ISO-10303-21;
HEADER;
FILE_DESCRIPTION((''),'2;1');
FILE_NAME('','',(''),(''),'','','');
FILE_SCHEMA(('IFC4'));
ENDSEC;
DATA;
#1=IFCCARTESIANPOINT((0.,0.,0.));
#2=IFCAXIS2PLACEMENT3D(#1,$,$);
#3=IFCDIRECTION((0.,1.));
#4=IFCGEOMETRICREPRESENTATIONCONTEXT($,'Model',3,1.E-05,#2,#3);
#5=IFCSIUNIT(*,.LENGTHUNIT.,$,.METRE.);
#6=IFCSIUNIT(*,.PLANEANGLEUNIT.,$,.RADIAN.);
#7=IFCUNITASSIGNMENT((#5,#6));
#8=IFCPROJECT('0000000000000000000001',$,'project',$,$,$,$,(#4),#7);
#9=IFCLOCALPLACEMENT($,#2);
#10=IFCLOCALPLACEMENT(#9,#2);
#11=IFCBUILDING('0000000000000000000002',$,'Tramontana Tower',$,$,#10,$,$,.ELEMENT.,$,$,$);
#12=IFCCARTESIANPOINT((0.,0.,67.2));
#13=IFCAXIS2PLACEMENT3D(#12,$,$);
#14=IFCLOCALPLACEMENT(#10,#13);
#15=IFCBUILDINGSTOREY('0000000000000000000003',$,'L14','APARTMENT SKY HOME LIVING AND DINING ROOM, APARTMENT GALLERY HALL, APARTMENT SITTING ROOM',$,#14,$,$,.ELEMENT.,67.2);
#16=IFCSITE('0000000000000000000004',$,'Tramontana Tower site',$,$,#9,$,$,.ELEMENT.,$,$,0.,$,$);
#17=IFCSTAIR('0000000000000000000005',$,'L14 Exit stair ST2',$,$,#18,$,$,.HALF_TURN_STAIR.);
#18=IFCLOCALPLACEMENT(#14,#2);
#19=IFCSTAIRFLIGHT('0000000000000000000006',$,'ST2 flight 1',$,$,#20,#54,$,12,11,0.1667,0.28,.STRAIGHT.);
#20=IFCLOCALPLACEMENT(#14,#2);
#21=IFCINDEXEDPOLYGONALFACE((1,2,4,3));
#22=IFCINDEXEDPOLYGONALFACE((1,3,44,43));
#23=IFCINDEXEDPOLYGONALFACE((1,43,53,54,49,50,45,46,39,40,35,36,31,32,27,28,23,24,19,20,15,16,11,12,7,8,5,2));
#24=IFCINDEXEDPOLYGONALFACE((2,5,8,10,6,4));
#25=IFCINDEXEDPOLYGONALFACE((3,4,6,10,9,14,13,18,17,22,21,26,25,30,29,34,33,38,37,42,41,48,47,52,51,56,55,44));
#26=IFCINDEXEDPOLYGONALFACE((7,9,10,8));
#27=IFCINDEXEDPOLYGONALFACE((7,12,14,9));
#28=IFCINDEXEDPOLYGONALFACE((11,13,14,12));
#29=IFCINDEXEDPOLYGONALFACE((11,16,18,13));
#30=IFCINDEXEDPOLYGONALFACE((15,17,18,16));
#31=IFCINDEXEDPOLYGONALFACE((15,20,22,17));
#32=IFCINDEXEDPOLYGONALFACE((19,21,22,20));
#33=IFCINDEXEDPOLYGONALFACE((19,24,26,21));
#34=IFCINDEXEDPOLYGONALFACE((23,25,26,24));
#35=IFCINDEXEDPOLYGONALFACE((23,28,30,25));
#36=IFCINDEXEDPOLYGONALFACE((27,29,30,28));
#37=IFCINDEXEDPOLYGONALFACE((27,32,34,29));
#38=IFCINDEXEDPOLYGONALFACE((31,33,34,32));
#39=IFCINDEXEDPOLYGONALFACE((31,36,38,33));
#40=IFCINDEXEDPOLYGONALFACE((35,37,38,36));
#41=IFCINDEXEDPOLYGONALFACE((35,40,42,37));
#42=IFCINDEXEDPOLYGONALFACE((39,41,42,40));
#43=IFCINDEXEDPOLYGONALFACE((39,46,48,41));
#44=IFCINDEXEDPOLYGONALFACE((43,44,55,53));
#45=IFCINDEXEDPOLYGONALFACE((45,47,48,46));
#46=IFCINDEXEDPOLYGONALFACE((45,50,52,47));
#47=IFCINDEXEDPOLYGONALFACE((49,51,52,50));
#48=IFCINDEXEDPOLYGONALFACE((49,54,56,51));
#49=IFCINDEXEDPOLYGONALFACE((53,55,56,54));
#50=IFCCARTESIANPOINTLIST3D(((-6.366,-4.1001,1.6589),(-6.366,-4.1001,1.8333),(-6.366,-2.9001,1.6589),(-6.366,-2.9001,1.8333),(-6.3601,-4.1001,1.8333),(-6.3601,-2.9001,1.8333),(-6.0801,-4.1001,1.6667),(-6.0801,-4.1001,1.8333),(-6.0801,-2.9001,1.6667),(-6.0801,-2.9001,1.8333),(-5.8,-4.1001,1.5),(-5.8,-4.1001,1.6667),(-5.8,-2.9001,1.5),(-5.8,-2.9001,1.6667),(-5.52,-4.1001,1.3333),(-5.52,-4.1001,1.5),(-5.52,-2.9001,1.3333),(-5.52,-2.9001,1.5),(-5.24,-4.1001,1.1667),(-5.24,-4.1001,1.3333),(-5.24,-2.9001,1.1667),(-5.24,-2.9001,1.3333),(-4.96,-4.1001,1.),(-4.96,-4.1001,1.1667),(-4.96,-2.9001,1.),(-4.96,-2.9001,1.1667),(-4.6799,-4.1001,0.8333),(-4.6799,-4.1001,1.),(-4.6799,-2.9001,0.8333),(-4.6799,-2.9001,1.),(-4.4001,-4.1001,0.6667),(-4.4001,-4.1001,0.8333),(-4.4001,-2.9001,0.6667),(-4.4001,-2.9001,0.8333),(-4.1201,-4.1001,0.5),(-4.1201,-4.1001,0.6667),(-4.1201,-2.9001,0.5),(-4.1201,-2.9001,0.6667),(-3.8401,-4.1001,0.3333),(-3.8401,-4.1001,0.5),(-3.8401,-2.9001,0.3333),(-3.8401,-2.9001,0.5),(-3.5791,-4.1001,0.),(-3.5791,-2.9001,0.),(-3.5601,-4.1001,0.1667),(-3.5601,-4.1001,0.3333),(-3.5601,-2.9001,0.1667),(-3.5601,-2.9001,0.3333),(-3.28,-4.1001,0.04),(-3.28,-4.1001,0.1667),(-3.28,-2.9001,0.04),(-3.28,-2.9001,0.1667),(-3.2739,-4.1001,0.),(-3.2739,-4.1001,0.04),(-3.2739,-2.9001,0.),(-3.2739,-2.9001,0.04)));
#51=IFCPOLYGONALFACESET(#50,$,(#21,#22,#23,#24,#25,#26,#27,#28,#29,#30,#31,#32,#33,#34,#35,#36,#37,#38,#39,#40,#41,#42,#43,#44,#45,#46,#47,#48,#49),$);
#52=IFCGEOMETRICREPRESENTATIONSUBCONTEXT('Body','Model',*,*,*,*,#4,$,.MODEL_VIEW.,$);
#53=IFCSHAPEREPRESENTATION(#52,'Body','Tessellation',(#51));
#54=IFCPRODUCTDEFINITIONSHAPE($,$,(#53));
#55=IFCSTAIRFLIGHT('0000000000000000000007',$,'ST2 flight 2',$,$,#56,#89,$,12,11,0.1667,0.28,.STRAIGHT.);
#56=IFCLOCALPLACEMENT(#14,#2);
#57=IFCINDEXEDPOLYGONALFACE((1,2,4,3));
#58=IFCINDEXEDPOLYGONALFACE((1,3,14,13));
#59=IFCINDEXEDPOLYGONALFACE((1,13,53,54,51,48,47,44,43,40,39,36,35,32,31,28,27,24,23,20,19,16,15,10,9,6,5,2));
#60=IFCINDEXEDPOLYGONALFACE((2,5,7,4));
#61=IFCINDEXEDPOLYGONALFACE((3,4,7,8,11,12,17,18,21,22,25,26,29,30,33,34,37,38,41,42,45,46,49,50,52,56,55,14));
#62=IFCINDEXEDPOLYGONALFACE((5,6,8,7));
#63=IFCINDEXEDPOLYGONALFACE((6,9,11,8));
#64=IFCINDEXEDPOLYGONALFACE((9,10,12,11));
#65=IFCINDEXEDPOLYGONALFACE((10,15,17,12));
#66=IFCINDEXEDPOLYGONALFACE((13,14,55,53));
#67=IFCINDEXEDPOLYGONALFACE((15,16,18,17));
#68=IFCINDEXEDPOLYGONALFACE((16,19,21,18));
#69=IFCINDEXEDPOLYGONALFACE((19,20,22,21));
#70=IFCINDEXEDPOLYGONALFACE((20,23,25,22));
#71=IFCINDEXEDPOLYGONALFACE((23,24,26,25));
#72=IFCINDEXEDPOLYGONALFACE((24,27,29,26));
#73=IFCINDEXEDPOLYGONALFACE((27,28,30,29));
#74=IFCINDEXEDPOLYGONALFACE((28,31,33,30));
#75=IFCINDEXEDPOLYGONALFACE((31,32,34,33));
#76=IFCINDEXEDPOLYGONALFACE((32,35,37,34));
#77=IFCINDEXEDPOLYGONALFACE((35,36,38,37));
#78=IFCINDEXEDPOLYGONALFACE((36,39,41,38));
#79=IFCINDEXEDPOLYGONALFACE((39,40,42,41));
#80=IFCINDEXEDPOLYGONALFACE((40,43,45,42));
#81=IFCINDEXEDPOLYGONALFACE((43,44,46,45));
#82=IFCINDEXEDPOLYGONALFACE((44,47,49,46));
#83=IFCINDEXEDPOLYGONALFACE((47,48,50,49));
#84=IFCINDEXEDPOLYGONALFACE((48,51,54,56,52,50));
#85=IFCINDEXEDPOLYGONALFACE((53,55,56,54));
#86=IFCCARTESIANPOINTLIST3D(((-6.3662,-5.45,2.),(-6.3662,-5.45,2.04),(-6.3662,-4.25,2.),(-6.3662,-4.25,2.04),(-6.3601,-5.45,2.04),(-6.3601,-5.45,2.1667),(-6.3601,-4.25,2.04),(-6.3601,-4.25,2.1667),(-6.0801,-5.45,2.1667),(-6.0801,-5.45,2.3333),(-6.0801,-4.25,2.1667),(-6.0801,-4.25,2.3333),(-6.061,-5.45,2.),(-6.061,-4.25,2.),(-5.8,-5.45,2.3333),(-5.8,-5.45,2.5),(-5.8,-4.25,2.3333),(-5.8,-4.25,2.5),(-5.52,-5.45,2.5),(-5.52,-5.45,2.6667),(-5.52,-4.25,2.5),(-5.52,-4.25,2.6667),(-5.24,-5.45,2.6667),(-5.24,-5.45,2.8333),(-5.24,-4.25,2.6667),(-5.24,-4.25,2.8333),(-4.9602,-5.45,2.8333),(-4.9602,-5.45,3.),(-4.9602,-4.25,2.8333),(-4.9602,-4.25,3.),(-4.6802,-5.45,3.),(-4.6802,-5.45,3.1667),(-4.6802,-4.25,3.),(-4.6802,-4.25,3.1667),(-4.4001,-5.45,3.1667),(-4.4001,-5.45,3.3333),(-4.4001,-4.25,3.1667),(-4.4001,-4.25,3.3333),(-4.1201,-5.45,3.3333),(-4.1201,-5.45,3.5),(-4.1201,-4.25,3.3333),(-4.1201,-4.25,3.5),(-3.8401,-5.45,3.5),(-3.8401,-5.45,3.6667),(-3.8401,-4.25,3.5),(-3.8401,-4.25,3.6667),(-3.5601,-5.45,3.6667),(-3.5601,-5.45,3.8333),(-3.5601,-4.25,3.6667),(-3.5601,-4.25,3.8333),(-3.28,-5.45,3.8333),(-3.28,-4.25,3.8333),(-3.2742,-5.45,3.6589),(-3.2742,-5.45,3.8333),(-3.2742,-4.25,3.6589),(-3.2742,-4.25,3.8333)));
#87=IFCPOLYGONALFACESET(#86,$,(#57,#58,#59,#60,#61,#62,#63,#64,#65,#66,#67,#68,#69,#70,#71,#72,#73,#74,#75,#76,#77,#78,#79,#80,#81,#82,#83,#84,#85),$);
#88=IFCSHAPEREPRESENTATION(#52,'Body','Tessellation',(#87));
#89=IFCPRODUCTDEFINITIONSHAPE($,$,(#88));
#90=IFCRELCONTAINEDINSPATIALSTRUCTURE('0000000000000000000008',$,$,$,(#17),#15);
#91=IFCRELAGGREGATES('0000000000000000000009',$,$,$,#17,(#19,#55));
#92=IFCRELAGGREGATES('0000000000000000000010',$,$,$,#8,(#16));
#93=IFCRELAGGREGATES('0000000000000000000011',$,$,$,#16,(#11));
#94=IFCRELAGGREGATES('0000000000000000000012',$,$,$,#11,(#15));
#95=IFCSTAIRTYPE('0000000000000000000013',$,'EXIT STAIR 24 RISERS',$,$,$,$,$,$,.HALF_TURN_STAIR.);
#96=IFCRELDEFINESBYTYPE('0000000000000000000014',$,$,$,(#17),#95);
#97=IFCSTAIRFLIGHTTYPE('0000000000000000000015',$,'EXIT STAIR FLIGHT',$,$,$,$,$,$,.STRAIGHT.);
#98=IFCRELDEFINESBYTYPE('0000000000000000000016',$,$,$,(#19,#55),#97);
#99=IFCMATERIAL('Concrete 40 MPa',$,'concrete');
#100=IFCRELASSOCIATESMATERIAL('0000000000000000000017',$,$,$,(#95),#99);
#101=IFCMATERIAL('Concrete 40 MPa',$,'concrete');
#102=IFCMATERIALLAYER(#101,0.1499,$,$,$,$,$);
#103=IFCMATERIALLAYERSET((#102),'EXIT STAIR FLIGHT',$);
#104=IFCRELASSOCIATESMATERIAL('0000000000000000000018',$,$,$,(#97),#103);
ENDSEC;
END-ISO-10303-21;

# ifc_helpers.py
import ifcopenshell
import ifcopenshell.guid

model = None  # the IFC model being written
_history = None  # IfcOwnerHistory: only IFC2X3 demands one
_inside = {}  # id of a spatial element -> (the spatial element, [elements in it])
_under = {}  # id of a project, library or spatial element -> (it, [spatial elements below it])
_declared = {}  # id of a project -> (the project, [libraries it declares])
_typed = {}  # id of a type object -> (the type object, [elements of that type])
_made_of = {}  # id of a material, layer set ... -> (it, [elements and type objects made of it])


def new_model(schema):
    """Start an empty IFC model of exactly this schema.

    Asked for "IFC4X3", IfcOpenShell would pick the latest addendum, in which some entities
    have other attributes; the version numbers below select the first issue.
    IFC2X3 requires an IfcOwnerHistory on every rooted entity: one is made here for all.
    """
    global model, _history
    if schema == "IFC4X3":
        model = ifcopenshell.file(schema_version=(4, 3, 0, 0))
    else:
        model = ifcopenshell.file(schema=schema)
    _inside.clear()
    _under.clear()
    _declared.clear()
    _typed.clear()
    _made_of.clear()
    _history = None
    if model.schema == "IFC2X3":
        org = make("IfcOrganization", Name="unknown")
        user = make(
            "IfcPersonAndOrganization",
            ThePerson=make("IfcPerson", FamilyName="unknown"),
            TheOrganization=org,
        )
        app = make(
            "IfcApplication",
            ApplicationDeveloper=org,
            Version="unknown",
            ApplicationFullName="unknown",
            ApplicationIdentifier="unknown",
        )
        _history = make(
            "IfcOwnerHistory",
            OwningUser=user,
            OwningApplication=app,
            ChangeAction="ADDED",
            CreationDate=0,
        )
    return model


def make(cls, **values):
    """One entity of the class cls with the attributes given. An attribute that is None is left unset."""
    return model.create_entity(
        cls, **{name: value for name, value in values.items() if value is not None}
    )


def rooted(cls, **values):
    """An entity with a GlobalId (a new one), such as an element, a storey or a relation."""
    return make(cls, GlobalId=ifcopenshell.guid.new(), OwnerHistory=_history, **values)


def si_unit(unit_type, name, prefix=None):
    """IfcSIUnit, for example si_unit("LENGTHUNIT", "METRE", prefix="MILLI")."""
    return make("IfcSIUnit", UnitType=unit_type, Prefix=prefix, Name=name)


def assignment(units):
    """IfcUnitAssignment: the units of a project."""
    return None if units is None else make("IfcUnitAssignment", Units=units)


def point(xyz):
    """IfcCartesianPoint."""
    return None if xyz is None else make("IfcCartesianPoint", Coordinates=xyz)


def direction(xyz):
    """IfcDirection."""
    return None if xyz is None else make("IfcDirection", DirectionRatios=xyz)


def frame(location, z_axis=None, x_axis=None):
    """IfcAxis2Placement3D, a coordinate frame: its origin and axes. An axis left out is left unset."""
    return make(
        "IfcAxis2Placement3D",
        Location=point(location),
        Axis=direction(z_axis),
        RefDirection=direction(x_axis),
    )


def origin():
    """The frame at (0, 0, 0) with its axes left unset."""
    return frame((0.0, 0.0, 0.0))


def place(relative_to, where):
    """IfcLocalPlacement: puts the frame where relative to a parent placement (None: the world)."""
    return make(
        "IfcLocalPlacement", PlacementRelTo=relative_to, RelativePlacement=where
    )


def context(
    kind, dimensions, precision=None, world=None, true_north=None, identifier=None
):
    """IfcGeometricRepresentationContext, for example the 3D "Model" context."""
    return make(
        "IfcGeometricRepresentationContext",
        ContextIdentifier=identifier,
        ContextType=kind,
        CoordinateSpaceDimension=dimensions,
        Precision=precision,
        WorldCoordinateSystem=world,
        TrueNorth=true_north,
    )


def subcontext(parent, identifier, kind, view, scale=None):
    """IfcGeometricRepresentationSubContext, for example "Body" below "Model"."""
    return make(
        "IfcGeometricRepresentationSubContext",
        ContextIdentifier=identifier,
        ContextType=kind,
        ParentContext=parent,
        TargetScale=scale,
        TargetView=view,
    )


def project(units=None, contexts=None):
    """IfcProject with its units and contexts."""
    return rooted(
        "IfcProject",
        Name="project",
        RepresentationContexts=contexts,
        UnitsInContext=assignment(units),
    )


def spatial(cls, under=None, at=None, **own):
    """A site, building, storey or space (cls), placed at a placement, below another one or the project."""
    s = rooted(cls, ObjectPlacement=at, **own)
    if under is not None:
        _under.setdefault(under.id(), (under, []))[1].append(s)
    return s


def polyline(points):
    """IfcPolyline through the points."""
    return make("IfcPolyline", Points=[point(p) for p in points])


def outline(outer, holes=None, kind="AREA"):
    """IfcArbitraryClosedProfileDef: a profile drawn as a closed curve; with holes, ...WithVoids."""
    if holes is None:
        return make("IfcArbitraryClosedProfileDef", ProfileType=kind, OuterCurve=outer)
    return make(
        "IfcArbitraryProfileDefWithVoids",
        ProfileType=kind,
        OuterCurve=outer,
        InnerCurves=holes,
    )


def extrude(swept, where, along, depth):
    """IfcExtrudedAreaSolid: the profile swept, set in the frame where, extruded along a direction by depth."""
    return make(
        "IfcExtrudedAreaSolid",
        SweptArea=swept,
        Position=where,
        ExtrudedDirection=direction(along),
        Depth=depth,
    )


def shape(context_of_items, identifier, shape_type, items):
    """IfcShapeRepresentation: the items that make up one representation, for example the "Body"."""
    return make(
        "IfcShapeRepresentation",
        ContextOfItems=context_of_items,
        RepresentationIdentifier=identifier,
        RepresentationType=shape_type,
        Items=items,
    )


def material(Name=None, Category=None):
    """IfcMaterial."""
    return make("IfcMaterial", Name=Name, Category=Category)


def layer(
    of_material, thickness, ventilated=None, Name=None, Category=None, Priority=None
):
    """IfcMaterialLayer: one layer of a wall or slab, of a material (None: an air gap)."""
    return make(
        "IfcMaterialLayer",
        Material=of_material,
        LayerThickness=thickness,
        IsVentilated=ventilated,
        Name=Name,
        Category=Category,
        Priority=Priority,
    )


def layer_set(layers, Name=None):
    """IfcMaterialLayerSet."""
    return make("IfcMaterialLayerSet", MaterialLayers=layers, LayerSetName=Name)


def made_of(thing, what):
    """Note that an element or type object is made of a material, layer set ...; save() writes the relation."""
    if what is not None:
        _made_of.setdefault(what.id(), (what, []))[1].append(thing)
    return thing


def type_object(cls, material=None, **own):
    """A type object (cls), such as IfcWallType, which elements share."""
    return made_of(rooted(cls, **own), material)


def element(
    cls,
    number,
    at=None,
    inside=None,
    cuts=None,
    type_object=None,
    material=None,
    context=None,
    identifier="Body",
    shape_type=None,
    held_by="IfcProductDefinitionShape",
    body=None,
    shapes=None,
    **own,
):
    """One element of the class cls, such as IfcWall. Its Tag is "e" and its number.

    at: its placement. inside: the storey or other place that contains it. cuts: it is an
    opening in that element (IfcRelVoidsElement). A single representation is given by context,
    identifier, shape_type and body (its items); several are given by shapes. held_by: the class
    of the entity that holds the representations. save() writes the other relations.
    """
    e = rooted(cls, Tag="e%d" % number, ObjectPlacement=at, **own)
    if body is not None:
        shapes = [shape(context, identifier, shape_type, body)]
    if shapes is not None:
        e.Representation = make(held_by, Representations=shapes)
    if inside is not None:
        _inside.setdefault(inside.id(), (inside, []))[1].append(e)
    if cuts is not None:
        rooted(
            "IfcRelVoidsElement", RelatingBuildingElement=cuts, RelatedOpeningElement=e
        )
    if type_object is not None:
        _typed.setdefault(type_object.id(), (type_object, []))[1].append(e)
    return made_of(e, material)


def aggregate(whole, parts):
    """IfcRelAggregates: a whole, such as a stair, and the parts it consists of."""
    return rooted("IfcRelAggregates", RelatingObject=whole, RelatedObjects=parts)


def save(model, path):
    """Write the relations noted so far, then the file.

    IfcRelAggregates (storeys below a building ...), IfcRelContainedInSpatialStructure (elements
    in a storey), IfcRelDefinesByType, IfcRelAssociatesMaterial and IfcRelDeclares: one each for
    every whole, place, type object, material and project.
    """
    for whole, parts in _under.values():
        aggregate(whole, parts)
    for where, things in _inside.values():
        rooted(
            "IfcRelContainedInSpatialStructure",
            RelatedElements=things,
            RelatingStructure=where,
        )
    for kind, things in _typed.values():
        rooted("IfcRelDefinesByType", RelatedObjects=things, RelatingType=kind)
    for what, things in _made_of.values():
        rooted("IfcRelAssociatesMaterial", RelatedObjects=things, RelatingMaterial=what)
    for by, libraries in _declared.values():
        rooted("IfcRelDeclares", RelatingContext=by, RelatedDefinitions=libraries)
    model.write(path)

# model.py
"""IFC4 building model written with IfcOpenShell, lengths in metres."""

from ifc_helpers import new_model, si_unit, direction, frame, origin, place, context, subcontext, project, spatial, polyline, outline, extrude, material, layer, layer_set, type_object, element, aggregate, save


model = new_model("IFC4")

# Units and contexts
model_context = context("Model", 3, precision=1e-05, world=origin(), true_north=direction((0.0, 1.0)))
body_context = subcontext(model_context, "Body", "Model", "MODEL_VIEW")
ifc_project = project(units=[si_unit("LENGTHUNIT", "METRE"), si_unit("PLANEANGLEUNIT", "RADIAN")], contexts=[model_context])

# Site, building, storey
site_placement = place(None, origin())
site = spatial("IfcSite", under=ifc_project, at=site_placement, Name="Tramontana Tower site", CompositionType="ELEMENT", RefElevation=0.0)
building_placement = place(site_placement, origin())
building = spatial("IfcBuilding", under=site, at=building_placement, Name="Tramontana Tower", CompositionType="ELEMENT")
storey_placement = place(building_placement, frame((0.0, 0.0, 67.2)))
storey = spatial("IfcBuildingStorey", under=building, at=storey_placement, Name="L14", Description="APARTMENT SKY HOME LIVING AND DINING ROOM, APARTMENT GALLERY HALL, APARTMENT SITTING ROOM", CompositionType="ELEMENT", Elevation=67.2)

# Stair, stair flights
ifc_material_1 = material(Name="Concrete 40 MPa", Category="concrete")
stair_type = type_object("IfcStairType", Name="EXIT STAIR 24 RISERS", PredefinedType="HALF_TURN_STAIR", material=ifc_material_1)
stair_placement = place(storey_placement, origin())
stair = element("IfcStair", 1, at=stair_placement, inside=storey, type_object=stair_type, Name="L14 Exit stair ST2", PredefinedType="HALF_TURN_STAIR")
ifc_material_2 = material(Name="Concrete 40 MPa", Category="concrete")
ifc_layer_1 = layer(ifc_material_2, 0.1499)
ifc_layer_set_1 = layer_set([ifc_layer_1], Name="EXIT STAIR FLIGHT")
stair_flight_type = type_object("IfcStairFlightType", Name="EXIT STAIR FLIGHT", PredefinedType="STRAIGHT", material=ifc_layer_set_1)
stair_flight_1_placement = place(storey_placement, frame((-3.28, -3.5, 0.0), z_axis=(0.0, 0.0, 1.0), x_axis=(-1.0, 0.0, 0.0)))
stair_flight_1 = element("IfcStairFlight", 2, at=stair_flight_1_placement, type_object=stair_flight_type, Name="ST2 flight 1", NumberOfRisers=12, NumberOfTreads=11, PredefinedType="STRAIGHT", RiserHeight=0.1667, TreadLength=0.28, context=body_context, shape_type="SweptSolid", body=[
    extrude(outline(polyline([(-0.0061, 0.0), (-0.0061, 0.04), (0.0, 0.04), (0.0, 0.1667), (0.28, 0.1667), (0.28, 0.3333), (0.5601, 0.3333), (0.5601, 0.5), (0.8401, 0.5), (0.8401, 0.6667), (1.1201, 0.6667), (1.1201, 0.8333), (1.3999, 0.8333), (1.3999, 1.0), (1.6799, 1.0), (1.6799, 1.1667), (1.96, 1.1667), (1.96, 1.3333), (2.24, 1.3333), (2.24, 1.5), (2.52, 1.5), (2.52, 1.6667), (2.8, 1.6667), (2.8, 1.8333), (3.0801, 1.8333), (3.0859, 1.8333), (3.0859, 1.6589), (0.2991, 0.0), (-0.0061, 0.0)])), frame((0.0, 0.6001, 0.0), z_axis=(0.0, -1.0, 0.0), x_axis=(1.0, 0.0, 0.0)), (0.0, 0.0, 1.0), 1.2),
])
stair_flight_2_placement = place(storey_placement, frame((-6.3601, -4.8501, 2.0), z_axis=(0.0, 0.0, 1.0), x_axis=(1.0, 0.0, 0.0)))
stair_flight_2 = element("IfcStairFlight", 3, at=stair_flight_2_placement, type_object=stair_flight_type, Name="ST2 flight 2", NumberOfRisers=12, NumberOfTreads=11, PredefinedType="STRAIGHT", RiserHeight=0.1667, TreadLength=0.28, context=body_context, shape_type="SweptSolid", body=[
    extrude(outline(polyline([(-0.0061, 0.0), (-0.0061, 0.04), (0.0, 0.04), (0.0, 0.1667), (0.28, 0.1667), (0.28, 0.3333), (0.5601, 0.3333), (0.5601, 0.5), (0.8401, 0.5), (0.8401, 0.6667), (1.1201, 0.6667), (1.1201, 0.8333), (1.3999, 0.8333), (1.3999, 1.0), (1.6799, 1.0), (1.6799, 1.1667), (1.96, 1.1667), (1.96, 1.3333), (2.24, 1.3333), (2.24, 1.5), (2.52, 1.5), (2.52, 1.6667), (2.8, 1.6667), (2.8, 1.8333), (3.0801, 1.8333), (3.0859, 1.8333), (3.0859, 1.6589), (0.2991, 0.0), (-0.0061, 0.0)])), frame((0.0, 0.6001, 0.0), z_axis=(0.0, -1.0, 0.0), x_axis=(1.0, 0.0, 0.0)), (0.0, 0.0, 1.0), 1.2),
])
aggregate(stair, [stair_flight_1, stair_flight_2])

save(model, "model.ifc")
